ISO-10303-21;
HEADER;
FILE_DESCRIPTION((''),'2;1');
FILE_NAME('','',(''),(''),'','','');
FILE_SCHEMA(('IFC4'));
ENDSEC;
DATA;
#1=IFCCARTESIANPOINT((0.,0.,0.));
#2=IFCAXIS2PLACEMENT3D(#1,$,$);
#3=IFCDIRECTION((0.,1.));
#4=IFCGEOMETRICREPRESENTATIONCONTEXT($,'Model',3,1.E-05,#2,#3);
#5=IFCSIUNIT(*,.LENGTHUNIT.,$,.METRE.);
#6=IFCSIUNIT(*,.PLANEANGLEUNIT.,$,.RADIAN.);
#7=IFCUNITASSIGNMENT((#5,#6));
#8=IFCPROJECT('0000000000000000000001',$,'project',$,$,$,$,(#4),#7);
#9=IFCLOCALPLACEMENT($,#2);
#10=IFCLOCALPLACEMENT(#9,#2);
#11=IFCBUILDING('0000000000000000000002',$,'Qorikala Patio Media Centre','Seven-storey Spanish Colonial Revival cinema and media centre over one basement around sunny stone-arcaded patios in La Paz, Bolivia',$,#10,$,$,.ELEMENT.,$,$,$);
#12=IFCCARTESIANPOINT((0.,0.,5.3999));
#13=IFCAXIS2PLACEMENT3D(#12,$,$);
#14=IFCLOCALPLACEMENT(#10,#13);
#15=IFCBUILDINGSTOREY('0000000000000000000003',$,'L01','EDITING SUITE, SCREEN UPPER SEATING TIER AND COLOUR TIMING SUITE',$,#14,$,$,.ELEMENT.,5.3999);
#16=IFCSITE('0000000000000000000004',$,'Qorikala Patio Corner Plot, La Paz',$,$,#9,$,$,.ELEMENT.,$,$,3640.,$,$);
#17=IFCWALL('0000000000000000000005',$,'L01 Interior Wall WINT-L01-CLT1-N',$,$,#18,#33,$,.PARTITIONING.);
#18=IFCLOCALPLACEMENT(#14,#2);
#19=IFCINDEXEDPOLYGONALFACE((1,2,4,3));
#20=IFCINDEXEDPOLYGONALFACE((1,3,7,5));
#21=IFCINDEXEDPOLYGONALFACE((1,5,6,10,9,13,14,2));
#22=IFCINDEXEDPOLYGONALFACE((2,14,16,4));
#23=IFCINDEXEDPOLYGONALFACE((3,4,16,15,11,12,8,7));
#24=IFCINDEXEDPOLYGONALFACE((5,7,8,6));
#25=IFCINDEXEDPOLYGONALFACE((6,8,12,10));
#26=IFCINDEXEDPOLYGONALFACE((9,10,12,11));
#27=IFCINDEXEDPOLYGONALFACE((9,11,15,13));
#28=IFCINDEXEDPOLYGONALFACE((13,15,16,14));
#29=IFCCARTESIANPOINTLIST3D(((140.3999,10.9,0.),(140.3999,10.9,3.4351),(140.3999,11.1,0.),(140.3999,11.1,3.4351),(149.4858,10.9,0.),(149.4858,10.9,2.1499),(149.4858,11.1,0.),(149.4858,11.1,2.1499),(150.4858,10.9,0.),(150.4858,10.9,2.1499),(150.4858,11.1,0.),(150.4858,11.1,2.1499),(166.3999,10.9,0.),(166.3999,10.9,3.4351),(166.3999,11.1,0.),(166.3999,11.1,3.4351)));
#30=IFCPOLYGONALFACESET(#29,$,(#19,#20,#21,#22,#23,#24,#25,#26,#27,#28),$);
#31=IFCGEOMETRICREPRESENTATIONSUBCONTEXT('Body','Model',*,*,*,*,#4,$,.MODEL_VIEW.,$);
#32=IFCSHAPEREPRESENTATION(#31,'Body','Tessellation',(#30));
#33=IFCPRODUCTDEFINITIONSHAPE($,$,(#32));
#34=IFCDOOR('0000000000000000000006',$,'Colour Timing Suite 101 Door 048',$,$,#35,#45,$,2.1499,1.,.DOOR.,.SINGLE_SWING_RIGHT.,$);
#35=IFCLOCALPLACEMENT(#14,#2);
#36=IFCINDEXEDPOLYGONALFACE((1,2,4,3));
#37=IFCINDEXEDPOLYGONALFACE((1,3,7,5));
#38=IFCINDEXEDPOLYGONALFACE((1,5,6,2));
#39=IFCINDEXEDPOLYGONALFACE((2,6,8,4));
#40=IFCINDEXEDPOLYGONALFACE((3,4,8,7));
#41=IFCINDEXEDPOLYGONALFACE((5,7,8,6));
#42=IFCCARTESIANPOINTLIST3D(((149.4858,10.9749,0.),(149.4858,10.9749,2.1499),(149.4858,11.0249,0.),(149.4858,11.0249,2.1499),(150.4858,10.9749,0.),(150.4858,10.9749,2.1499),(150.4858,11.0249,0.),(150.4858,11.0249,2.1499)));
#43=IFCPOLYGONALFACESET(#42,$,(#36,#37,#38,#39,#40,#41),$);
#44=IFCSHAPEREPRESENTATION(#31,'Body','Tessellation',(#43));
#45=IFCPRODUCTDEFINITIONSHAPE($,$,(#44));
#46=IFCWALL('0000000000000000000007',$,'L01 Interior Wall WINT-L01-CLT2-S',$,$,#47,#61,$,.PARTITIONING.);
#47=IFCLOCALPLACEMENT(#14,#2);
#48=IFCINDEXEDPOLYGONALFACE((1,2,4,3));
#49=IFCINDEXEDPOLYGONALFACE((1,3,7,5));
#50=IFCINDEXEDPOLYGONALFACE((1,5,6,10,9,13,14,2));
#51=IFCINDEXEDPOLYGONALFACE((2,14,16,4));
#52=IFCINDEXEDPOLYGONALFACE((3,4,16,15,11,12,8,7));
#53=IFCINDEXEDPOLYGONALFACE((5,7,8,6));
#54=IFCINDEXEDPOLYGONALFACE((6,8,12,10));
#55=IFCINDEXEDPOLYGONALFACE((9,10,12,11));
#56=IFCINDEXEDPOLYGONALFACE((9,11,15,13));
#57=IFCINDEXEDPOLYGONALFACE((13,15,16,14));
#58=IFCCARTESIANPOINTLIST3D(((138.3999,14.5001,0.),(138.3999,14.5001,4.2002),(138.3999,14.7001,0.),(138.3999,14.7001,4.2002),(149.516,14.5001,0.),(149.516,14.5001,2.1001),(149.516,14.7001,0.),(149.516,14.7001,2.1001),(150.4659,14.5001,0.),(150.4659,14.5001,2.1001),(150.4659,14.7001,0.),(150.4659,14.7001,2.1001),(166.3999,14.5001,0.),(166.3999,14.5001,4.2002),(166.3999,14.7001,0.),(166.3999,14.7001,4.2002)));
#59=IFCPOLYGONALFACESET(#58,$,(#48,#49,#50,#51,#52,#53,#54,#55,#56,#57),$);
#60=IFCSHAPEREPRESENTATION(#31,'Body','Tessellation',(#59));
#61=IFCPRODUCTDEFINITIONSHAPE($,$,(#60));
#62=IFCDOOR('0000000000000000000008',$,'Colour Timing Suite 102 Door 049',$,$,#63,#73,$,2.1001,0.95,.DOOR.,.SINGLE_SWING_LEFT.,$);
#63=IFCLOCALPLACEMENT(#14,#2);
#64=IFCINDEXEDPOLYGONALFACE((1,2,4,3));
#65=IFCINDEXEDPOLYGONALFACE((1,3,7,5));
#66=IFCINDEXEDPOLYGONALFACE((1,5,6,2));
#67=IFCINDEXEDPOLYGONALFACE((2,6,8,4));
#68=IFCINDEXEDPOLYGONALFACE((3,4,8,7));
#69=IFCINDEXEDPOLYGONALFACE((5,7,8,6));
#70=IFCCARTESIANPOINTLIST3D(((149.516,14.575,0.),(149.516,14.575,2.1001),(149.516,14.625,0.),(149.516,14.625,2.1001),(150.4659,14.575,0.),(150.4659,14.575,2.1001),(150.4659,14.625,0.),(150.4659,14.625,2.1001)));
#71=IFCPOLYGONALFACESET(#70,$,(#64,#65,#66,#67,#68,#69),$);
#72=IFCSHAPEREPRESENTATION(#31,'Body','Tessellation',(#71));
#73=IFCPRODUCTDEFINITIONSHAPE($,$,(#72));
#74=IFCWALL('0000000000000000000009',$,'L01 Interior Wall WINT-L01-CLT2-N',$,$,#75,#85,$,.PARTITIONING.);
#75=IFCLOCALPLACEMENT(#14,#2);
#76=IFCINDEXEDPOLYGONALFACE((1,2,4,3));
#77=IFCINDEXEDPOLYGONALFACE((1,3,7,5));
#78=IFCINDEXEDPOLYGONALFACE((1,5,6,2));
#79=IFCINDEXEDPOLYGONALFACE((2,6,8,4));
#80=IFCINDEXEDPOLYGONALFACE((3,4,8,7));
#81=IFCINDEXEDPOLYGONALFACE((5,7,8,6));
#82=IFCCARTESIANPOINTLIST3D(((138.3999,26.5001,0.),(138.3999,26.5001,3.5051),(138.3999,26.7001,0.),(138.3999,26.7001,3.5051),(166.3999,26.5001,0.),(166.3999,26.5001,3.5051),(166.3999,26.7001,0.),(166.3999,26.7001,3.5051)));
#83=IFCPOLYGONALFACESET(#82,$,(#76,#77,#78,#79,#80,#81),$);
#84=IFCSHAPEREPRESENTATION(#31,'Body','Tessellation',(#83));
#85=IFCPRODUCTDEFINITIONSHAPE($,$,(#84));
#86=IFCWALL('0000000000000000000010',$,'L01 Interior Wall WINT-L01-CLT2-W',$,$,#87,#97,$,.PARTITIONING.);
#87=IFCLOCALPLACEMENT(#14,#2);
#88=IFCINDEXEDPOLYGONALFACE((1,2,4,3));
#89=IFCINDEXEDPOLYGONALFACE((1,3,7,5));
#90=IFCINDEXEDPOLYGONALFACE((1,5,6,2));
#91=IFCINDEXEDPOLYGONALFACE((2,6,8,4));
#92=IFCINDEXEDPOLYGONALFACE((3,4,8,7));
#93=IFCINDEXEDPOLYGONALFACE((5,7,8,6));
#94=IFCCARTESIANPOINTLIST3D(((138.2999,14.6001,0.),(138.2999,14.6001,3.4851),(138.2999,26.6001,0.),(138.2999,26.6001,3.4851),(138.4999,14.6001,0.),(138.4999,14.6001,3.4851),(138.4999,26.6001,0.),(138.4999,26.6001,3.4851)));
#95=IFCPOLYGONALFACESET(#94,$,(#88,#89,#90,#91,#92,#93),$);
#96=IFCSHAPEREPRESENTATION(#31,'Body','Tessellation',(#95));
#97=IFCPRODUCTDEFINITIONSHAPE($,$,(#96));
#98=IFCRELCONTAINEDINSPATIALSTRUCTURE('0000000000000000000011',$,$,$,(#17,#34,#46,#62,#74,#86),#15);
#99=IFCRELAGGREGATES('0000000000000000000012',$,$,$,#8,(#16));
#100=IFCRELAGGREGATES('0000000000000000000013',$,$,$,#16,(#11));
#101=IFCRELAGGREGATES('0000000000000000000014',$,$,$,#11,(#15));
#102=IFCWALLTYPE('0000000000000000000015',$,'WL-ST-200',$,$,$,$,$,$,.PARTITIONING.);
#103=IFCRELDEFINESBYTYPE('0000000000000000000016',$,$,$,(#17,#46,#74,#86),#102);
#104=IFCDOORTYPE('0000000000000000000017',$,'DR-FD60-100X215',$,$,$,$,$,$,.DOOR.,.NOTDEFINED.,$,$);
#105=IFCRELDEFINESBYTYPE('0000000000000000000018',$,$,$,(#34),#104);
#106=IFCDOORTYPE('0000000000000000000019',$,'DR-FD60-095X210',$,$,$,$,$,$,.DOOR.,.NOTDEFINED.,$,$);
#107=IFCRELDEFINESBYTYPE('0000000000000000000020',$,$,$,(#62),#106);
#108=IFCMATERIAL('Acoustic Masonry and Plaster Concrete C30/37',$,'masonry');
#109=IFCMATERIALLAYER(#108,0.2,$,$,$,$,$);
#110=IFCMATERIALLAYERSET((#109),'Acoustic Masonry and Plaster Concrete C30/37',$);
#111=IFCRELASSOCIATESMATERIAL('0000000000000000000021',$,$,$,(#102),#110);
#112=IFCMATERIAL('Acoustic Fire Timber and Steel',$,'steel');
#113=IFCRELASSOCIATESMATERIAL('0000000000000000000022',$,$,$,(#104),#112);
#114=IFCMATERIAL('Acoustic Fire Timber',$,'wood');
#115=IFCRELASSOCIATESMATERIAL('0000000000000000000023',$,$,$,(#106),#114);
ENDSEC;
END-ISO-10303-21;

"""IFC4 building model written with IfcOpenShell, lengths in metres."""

from ifc_helpers import new_model, si_unit, direction, frame, frame_2d, origin, place, context, subcontext, project, spatial, rectangle, extrude, material, layer, layer_set, type_object, element, fill, save


model = new_model("IFC4")

# Units and contexts
model_context = context("Model", 3, precision=1e-05, world=origin(), true_north=direction((0.0, 1.0)))
body_context = subcontext(model_context, "Body", "Model", "MODEL_VIEW")
ifc_project = project(units=[si_unit("LENGTHUNIT", "METRE"), si_unit("PLANEANGLEUNIT", "RADIAN")], contexts=[model_context])

# Site, building, storey
site_placement = place(None, origin())
site = spatial("IfcSite", under=ifc_project, at=site_placement, Name="Qorikala Patio Corner Plot, La Paz", CompositionType="ELEMENT", RefElevation=3640.0)
building_placement = place(site_placement, origin())
building = spatial("IfcBuilding", under=site, at=building_placement, Name="Qorikala Patio Media Centre", Description="Seven-storey Spanish Colonial Revival cinema and media centre over one basement around sunny stone-arcaded patios in La Paz, Bolivia", CompositionType="ELEMENT")
storey_placement = place(building_placement, frame((0.0, 0.0, 5.3999)))
storey = spatial("IfcBuildingStorey", under=building, at=storey_placement, Name="L01", Description="EDITING SUITE, SCREEN UPPER SEATING TIER AND COLOUR TIMING SUITE", CompositionType="ELEMENT", Elevation=5.3999)

# Walls, openings, doors
ifc_material_1 = material(Name="Acoustic Masonry and Plaster Concrete C30/37", Category="masonry")
ifc_layer_1 = layer(ifc_material_1, 0.2)
ifc_layer_set_1 = layer_set([ifc_layer_1], Name="Acoustic Masonry and Plaster Concrete C30/37")
wall_type_1 = type_object("IfcWallType", Name="WL-ST-200", PredefinedType="PARTITIONING", material=ifc_layer_set_1)
wall_1_placement = place(storey_placement, frame((140.3999, 11.0, 0.0), z_axis=(0.0, 0.0, 1.0), x_axis=(1.0, 0.0, 0.0)))
wall_1 = element("IfcWall", 1, at=wall_1_placement, inside=storey, type_object=wall_type_1, Name="L01 Interior Wall WINT-L01-CLT1-N", PredefinedType="PARTITIONING", context=body_context, shape_type="SweptSolid", body=[
    extrude(rectangle(XDim=26.0, YDim=0.2, at=frame_2d((13.0, 0.0))), origin(), (0.0, 0.0, 1.0), 3.4351),
])
opening_1_placement = place(wall_1_placement, frame((9.0859, 0.0, 0.0)))
opening_1 = element("IfcOpeningElement", 2, at=opening_1_placement, cuts=wall_1, PredefinedType="OPENING", context=body_context, shape_type="SweptSolid", body=[
    extrude(rectangle(XDim=1.0, YDim=2.1499, at=frame_2d((0.5, 1.075))), frame((0.0, 0.1099, 0.0), z_axis=(0.0, -1.0, 0.0), x_axis=(1.0, 0.0, 0.0)), (0.0, 0.0, 1.0), 0.22),
])
ifc_material_2 = material(Name="Acoustic Fire Timber and Steel", Category="steel")
door_type_1 = type_object("IfcDoorType", Name="DR-FD60-100X215", OperationType="NOTDEFINED", PredefinedType="DOOR", material=ifc_material_2)
door_1_placement = place(opening_1_placement, origin())
door_1 = element("IfcDoor", 3, at=door_1_placement, inside=storey, type_object=door_type_1, Name="Colour Timing Suite 101 Door 048", OperationType="SINGLE_SWING_RIGHT", OverallHeight=2.1499, OverallWidth=1.0, PredefinedType="DOOR", context=body_context, shape_type="SweptSolid", body=[
    extrude(rectangle(XDim=1.0, YDim=2.1499, at=frame_2d((0.5, 1.075))), frame((0.0, 0.0249, 0.0), z_axis=(0.0, -1.0, 0.0), x_axis=(1.0, 0.0, 0.0)), (0.0, 0.0, 1.0), 0.05),
])
fill(opening_1, door_1)
wall_2_placement = place(storey_placement, frame((138.3999, 14.6001, 0.0), z_axis=(0.0, 0.0, 1.0), x_axis=(1.0, 0.0, 0.0)))
wall_2 = element("IfcWall", 4, at=wall_2_placement, inside=storey, type_object=wall_type_1, Name="L01 Interior Wall WINT-L01-CLT2-S", PredefinedType="PARTITIONING", context=body_context, shape_type="SweptSolid", body=[
    extrude(rectangle(XDim=28.0, YDim=0.2, at=frame_2d((14.0, 0.0))), origin(), (0.0, 0.0, 1.0), 4.2002),
])
opening_2_placement = place(wall_2_placement, frame((11.116, 0.0, 0.0)))
opening_2 = element("IfcOpeningElement", 5, at=opening_2_placement, cuts=wall_2, PredefinedType="OPENING", context=body_context, shape_type="SweptSolid", body=[
    extrude(rectangle(XDim=0.95, YDim=2.1001, at=frame_2d((0.4751, 1.05))), frame((0.0, 0.1099, 0.0), z_axis=(0.0, -1.0, 0.0), x_axis=(1.0, 0.0, 0.0)), (0.0, 0.0, 1.0), 0.22),
])
ifc_material_3 = material(Name="Acoustic Fire Timber", Category="wood")
door_type_2 = type_object("IfcDoorType", Name="DR-FD60-095X210", OperationType="NOTDEFINED", PredefinedType="DOOR", material=ifc_material_3)
door_2_placement = place(opening_2_placement, origin())
door_2 = element("IfcDoor", 6, at=door_2_placement, inside=storey, type_object=door_type_2, Name="Colour Timing Suite 102 Door 049", OperationType="SINGLE_SWING_LEFT", OverallHeight=2.1001, OverallWidth=0.95, PredefinedType="DOOR", context=body_context, shape_type="SweptSolid", body=[
    extrude(rectangle(XDim=0.95, YDim=2.1001, at=frame_2d((0.4751, 1.05))), frame((0.0, 0.0249, 0.0), z_axis=(0.0, -1.0, 0.0), x_axis=(1.0, 0.0, 0.0)), (0.0, 0.0, 1.0), 0.05),
])
fill(opening_2, door_2)

# Walls
wall_3_placement = place(storey_placement, frame((138.3999, 26.6001, 0.0), z_axis=(0.0, 0.0, 1.0), x_axis=(1.0, 0.0, 0.0)))
element("IfcWall", 7, at=wall_3_placement, inside=storey, type_object=wall_type_1, Name="L01 Interior Wall WINT-L01-CLT2-N", PredefinedType="PARTITIONING", context=body_context, shape_type="SweptSolid", body=[
    extrude(rectangle(XDim=28.0, YDim=0.2, at=frame_2d((14.0, 0.0))), origin(), (0.0, 0.0, 1.0), 3.5051),
])
wall_4_placement = place(storey_placement, frame((138.3999, 14.6001, 0.0), z_axis=(0.0, 0.0, 1.0), x_axis=(0.0, 1.0, 0.0)))
element("IfcWall", 8, at=wall_4_placement, inside=storey, type_object=wall_type_1, Name="L01 Interior Wall WINT-L01-CLT2-W", PredefinedType="PARTITIONING", context=body_context, shape_type="SweptSolid", body=[
    extrude(rectangle(XDim=12.0, YDim=0.2, at=frame_2d((6.0, 0.0))), origin(), (0.0, 0.0, 1.0), 3.4851),
])

save(model, "model.ifc")
